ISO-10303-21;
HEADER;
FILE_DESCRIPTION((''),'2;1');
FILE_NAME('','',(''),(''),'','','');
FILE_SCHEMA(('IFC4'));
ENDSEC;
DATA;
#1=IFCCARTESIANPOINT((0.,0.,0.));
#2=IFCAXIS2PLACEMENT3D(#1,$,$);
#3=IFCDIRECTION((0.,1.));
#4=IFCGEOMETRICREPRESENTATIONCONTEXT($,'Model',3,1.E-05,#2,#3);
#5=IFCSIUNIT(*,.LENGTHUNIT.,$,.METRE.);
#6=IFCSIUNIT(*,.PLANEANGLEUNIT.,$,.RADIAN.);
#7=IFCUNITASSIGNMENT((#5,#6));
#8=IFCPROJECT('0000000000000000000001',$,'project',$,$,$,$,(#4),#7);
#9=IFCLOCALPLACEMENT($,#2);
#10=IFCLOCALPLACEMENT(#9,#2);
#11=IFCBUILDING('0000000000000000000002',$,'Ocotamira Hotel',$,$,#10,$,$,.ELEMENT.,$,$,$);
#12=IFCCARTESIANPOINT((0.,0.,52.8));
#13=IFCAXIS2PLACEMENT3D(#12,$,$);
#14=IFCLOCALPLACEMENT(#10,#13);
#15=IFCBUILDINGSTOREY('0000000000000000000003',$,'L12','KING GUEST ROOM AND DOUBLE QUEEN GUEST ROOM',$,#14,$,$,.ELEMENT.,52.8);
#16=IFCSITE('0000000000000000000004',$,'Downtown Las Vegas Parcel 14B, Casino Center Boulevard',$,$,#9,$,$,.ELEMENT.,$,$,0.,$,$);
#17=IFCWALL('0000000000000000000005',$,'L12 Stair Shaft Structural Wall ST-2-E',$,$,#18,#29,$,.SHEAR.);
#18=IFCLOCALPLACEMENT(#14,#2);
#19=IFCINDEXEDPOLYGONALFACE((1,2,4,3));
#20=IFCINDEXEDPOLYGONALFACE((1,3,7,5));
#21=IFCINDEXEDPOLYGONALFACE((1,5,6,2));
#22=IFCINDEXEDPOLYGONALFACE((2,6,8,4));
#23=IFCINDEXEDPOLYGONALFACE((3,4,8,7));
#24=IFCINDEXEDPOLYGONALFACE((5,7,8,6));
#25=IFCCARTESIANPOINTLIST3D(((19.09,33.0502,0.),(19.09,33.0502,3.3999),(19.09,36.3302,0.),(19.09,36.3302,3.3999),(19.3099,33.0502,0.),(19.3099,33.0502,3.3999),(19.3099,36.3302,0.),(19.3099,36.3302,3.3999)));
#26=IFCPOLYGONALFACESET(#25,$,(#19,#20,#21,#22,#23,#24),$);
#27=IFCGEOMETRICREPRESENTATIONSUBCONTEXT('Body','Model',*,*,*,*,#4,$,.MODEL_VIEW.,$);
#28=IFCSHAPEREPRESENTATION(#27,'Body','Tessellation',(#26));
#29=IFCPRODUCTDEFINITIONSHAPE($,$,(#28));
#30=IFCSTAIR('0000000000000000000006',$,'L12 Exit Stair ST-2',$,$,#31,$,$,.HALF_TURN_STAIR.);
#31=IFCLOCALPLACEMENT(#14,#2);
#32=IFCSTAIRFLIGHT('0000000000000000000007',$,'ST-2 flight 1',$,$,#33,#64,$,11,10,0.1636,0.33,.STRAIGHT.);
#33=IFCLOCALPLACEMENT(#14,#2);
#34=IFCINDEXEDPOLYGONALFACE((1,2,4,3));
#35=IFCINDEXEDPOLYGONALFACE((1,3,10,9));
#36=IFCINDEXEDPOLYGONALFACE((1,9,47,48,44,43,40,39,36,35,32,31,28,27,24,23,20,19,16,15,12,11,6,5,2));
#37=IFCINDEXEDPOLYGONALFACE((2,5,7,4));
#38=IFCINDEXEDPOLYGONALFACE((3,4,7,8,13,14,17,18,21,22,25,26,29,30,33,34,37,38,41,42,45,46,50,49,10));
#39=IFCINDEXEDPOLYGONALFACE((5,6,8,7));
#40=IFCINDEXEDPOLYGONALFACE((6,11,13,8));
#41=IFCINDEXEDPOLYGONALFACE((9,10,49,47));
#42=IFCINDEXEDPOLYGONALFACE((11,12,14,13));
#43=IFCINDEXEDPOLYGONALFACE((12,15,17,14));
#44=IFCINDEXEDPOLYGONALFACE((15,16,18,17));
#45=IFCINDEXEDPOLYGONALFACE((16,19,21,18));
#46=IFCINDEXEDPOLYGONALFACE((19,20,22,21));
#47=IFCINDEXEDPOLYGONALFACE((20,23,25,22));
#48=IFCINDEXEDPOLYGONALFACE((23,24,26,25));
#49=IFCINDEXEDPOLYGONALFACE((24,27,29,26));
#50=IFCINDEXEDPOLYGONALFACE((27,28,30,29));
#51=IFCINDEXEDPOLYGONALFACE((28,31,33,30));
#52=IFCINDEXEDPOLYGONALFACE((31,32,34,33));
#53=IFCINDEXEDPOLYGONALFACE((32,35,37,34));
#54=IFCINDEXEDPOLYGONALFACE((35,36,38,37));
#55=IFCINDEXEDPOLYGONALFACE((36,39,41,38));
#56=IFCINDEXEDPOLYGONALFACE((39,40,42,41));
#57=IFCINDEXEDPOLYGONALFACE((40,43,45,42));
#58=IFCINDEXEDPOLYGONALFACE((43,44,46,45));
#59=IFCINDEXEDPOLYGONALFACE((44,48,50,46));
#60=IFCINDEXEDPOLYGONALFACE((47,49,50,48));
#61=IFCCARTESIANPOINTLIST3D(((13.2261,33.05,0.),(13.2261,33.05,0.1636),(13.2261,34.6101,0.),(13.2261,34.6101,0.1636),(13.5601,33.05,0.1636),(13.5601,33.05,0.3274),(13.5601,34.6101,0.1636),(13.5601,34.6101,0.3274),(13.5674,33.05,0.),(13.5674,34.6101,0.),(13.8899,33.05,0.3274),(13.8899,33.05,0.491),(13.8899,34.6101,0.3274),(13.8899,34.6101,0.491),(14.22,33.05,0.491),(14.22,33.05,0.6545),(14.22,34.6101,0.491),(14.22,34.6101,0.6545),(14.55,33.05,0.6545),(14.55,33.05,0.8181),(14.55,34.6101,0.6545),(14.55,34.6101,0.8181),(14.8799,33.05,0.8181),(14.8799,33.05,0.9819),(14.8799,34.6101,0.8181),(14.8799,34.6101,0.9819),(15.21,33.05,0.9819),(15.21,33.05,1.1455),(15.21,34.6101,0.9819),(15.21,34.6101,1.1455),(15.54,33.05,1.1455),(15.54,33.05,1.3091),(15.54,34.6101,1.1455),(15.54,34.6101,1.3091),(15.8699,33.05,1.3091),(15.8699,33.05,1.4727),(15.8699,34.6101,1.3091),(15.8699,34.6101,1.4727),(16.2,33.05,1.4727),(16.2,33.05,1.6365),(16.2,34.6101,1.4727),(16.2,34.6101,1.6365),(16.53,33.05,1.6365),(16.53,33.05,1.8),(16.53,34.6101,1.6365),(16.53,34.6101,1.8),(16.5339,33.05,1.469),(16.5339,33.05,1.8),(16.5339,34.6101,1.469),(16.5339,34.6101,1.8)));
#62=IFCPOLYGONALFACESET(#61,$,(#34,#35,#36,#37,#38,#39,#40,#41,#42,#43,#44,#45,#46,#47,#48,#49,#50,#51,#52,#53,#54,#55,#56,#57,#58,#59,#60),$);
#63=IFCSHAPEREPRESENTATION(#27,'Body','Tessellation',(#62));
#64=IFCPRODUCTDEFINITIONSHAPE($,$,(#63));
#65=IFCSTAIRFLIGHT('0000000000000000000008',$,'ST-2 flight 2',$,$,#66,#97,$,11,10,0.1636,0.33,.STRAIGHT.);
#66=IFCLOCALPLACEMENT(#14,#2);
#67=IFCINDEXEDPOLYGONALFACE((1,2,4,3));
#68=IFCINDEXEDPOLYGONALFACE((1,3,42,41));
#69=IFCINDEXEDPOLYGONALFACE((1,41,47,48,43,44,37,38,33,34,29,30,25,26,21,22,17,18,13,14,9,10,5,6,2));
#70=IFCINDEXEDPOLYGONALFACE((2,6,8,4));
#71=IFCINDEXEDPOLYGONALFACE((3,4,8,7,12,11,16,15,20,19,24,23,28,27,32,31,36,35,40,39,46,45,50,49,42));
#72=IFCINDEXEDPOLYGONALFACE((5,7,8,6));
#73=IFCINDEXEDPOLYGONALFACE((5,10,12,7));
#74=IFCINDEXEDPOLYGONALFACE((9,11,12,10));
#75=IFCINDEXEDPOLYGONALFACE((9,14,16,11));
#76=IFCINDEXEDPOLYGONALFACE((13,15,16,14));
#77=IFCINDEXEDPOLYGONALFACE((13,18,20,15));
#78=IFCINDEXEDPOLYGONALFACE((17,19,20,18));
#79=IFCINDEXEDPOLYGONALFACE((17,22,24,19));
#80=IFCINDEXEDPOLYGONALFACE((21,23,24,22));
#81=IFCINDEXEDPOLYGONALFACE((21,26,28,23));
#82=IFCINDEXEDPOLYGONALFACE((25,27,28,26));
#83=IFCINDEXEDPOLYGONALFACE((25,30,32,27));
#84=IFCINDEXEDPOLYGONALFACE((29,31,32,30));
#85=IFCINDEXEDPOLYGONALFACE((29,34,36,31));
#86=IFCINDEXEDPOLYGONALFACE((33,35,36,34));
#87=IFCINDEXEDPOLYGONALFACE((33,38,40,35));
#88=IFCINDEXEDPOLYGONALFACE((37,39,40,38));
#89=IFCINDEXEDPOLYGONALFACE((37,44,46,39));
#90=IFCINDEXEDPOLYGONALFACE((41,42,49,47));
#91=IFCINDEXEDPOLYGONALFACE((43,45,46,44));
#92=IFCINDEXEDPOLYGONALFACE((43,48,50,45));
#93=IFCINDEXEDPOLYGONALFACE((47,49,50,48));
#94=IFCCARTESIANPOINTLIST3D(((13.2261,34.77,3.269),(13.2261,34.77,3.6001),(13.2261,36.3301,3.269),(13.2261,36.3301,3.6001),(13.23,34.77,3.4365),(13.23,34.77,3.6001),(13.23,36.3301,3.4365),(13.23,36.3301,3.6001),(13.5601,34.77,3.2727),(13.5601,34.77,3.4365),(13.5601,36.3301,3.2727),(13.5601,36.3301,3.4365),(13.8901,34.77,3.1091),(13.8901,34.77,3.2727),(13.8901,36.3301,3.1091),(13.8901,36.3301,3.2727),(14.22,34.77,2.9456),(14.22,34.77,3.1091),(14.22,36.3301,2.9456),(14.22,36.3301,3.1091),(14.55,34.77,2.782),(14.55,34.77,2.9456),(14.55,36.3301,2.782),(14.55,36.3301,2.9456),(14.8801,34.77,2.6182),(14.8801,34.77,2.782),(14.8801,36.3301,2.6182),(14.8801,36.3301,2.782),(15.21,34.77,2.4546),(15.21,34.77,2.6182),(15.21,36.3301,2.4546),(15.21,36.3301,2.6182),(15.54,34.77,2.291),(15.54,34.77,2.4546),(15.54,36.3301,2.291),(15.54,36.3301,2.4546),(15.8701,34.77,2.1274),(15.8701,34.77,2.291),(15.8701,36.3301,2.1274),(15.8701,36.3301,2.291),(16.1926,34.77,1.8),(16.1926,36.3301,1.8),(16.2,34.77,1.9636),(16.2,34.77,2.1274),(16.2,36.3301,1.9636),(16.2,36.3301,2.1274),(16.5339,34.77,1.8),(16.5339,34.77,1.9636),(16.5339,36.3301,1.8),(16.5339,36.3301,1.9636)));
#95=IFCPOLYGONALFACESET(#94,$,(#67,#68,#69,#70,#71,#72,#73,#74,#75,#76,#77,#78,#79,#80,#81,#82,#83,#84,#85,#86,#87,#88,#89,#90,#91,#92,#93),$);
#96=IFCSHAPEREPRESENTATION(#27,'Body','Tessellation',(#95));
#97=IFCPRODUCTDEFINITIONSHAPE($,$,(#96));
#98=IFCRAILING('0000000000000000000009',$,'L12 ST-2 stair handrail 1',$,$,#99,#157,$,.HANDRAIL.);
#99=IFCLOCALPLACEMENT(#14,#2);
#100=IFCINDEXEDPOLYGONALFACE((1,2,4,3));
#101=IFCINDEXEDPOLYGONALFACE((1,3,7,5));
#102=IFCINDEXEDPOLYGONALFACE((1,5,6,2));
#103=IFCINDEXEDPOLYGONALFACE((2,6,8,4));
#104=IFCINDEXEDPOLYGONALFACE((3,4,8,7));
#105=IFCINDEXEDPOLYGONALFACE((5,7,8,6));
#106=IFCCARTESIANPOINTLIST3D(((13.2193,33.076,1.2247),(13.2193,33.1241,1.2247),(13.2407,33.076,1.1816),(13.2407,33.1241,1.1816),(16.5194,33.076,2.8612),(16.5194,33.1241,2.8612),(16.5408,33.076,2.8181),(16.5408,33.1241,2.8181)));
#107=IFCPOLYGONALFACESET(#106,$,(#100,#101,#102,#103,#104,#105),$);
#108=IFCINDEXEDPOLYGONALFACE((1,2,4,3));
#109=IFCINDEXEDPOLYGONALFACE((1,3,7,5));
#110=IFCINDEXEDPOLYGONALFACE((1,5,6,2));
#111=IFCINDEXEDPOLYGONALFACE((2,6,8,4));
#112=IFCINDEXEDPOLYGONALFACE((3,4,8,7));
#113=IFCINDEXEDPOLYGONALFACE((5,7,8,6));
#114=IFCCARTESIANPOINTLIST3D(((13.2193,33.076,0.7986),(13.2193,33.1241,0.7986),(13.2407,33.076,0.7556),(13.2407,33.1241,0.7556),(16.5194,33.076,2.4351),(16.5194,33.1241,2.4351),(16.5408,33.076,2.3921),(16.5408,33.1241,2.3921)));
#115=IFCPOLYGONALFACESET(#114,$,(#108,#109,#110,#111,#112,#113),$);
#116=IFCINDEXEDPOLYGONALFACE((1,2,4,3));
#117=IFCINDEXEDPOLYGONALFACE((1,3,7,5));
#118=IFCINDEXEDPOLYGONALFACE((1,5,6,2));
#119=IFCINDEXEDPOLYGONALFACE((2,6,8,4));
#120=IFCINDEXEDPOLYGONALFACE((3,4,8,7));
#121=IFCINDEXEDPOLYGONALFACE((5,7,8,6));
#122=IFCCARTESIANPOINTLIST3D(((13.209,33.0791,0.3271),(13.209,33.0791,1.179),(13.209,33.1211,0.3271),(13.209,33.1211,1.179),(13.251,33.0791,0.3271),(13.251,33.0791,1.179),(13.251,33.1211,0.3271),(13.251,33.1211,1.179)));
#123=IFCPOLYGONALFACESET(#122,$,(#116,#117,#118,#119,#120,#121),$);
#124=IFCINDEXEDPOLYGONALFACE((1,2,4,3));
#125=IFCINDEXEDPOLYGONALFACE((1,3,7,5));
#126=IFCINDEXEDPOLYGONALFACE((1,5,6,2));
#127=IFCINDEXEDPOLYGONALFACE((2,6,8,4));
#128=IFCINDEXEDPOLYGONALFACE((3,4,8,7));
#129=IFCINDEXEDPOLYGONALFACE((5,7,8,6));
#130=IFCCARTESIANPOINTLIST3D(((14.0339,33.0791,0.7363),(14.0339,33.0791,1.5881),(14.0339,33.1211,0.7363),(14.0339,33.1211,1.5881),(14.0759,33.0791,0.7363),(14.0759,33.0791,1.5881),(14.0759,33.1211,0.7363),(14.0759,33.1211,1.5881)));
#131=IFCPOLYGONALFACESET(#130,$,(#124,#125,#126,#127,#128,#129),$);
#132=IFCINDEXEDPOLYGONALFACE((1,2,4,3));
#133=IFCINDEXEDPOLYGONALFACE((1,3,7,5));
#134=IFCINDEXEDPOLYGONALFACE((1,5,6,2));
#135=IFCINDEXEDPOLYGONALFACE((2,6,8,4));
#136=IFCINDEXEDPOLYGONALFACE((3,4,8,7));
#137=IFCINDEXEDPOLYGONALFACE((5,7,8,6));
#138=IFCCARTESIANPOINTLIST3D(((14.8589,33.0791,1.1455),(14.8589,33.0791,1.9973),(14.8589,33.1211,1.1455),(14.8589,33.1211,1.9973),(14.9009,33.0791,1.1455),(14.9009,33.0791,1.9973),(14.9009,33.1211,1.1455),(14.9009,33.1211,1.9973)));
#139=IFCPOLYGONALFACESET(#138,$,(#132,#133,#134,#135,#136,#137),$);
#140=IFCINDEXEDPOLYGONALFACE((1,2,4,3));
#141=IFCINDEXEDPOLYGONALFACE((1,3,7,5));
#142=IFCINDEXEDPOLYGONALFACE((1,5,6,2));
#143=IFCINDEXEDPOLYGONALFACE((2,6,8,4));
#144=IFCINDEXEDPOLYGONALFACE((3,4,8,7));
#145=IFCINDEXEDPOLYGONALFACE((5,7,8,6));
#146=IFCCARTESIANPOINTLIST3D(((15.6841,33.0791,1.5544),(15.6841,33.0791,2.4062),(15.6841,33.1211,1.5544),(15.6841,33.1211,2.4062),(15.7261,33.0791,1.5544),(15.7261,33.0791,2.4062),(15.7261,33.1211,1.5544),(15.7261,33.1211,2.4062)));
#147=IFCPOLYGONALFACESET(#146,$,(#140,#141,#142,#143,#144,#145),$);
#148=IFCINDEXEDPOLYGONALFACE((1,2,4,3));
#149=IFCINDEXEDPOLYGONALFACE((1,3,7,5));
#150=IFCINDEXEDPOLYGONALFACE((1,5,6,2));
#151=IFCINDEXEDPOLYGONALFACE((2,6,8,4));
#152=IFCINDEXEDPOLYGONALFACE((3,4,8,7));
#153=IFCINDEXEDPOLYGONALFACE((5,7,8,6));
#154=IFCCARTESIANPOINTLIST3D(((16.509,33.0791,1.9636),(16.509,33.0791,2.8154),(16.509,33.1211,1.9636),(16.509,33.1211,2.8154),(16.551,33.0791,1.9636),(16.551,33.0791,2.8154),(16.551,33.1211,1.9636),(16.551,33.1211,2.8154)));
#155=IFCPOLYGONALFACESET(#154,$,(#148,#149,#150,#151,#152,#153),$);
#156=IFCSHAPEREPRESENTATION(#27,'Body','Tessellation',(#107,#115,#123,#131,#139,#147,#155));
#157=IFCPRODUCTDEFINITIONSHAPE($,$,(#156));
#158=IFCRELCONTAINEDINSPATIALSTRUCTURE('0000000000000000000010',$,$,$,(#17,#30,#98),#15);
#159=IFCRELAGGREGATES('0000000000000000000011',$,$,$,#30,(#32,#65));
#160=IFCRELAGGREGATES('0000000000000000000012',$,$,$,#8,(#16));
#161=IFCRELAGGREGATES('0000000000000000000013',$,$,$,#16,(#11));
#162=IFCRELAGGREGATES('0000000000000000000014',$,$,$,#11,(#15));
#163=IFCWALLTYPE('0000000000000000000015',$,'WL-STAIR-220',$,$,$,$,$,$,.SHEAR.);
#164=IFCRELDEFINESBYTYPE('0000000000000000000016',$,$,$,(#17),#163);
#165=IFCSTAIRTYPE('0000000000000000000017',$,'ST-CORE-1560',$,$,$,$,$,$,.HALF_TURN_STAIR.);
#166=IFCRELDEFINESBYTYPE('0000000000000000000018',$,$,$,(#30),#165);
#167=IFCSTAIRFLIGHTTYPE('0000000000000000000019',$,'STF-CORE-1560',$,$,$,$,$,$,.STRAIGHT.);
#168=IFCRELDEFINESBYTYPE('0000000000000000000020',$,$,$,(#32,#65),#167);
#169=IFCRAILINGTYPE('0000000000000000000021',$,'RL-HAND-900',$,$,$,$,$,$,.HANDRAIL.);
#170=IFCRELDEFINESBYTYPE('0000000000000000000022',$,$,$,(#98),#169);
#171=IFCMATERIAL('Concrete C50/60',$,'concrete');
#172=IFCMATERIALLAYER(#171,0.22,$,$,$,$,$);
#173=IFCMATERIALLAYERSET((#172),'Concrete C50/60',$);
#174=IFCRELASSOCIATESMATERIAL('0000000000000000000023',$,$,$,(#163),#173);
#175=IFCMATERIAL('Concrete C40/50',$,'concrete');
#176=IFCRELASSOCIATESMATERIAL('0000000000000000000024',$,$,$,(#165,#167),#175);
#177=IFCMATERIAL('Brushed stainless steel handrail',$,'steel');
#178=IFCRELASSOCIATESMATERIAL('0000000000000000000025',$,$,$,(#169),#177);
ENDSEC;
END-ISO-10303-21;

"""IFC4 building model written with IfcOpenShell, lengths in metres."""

from ifc_helpers import new_model, si_unit, direction, frame, frame_2d, origin, origin_2d, place, context, subcontext, project, spatial, polyline, rectangle, outline, extrude, source, transform, mapped, material, layer, layer_set, type_object, element, aggregate, save


model = new_model("IFC4")

# Units and contexts
model_context = context("Model", 3, precision=1e-05, world=origin(), true_north=direction((0.0, 1.0)))
body_context = subcontext(model_context, "Body", "Model", "MODEL_VIEW")
ifc_project = project(units=[si_unit("LENGTHUNIT", "METRE"), si_unit("PLANEANGLEUNIT", "RADIAN")], contexts=[model_context])

# Site, building, storey
site_placement = place(None, origin())
site = spatial("IfcSite", under=ifc_project, at=site_placement, Name="Downtown Las Vegas Parcel 14B, Casino Center Boulevard", CompositionType="ELEMENT", RefElevation=0.0)
building_placement = place(site_placement, origin())
building = spatial("IfcBuilding", under=site, at=building_placement, Name="Ocotamira Hotel", CompositionType="ELEMENT")
storey_placement = place(building_placement, frame((0.0, 0.0, 52.8)))
storey = spatial("IfcBuildingStorey", under=building, at=storey_placement, Name="L12", Description="KING GUEST ROOM AND DOUBLE QUEEN GUEST ROOM", CompositionType="ELEMENT", Elevation=52.8)

# Wall
ifc_material_1 = material(Name="Concrete C50/60", Category="concrete")
ifc_layer_1 = layer(ifc_material_1, 0.22)
ifc_layer_set_1 = layer_set([ifc_layer_1], Name="Concrete C50/60")
wall_type_1 = type_object("IfcWallType", Name="WL-STAIR-220", PredefinedType="SHEAR", material=ifc_layer_set_1)
wall_1_placement = place(storey_placement, frame((19.2, 33.05, 0.0), z_axis=(0.0, 0.0, 1.0), x_axis=(0.0, 1.0, 0.0)))
element("IfcWall", 1, at=wall_1_placement, inside=storey, type_object=wall_type_1, Name="L12 Stair Shaft Structural Wall ST-2-E", PredefinedType="SHEAR", context=body_context, shape_type="SweptSolid", body=[
    extrude(rectangle(XDim=3.28, YDim=0.22, at=frame_2d((1.6401, 0.0))), origin(), (0.0, 0.0, 1.0), 3.3999),
])

# Stair, stair flights
ifc_material_2 = material(Name="Concrete C40/50", Category="concrete")
stair_type = type_object("IfcStairType", Name="ST-CORE-1560", PredefinedType="HALF_TURN_STAIR", material=ifc_material_2)
stair_placement = place(storey_placement, origin())
stair = element("IfcStair", 2, at=stair_placement, inside=storey, type_object=stair_type, Name="L12 Exit Stair ST-2", PredefinedType="HALF_TURN_STAIR")
stair_flight_type = type_object("IfcStairFlightType", Name="STF-CORE-1560", PredefinedType="STRAIGHT", material=ifc_material_2)
shared_shape_1 = source(origin(), body_context, "Body", "SweptSolid", [
    extrude(outline(polyline([(-0.0039, 0.0), (-0.0039, 0.1636), (0.3301, 0.1636), (0.3301, 0.3274), (0.6599, 0.3274), (0.6599, 0.491), (0.99, 0.491), (0.99, 0.6545), (1.3201, 0.6545), (1.3201, 0.8181), (1.6499, 0.8181), (1.6499, 0.9819), (1.98, 0.9819), (1.98, 1.1455), (2.3101, 1.1455), (2.3101, 1.3091), (2.6399, 1.3091), (2.6399, 1.4727), (2.97, 1.4727), (2.97, 1.6365), (3.3, 1.6365), (3.3, 1.8), (3.304, 1.8), (3.304, 1.469), (0.3374, 0.0), (-0.0039, 0.0)])), frame((0.0, 0.78, 0.0), z_axis=(0.0, -1.0, 0.0), x_axis=(1.0, 0.0, 0.0)), (0.0, 0.0, 1.0), 1.5601),
])
stair_flight_1_placement = place(storey_placement, frame((13.23, 33.8301, 0.0), z_axis=(0.0, 0.0, 1.0), x_axis=(1.0, 0.0, 0.0)))
stair_flight_1 = element("IfcStairFlight", 3, at=stair_flight_1_placement, type_object=stair_flight_type, Name="ST-2 flight 1", NumberOfRisers=11, NumberOfTreads=10, PredefinedType="STRAIGHT", RiserHeight=0.1636, TreadLength=0.33, context=body_context, shape_type="MappedRepresentation", body=[
    mapped(shared_shape_1, transform((0.0, 0.0, 0.0), scale=1.0)),
])
stair_flight_2_placement = place(storey_placement, frame((16.53, 35.55, 1.8), z_axis=(0.0, 0.0, 1.0), x_axis=(-1.0, 0.0, 0.0)))
stair_flight_2 = element("IfcStairFlight", 4, at=stair_flight_2_placement, type_object=stair_flight_type, Name="ST-2 flight 2", NumberOfRisers=11, NumberOfTreads=10, PredefinedType="STRAIGHT", RiserHeight=0.1636, TreadLength=0.33, context=body_context, shape_type="MappedRepresentation", body=[
    mapped(shared_shape_1, transform((0.0, 0.0, 0.0), scale=1.0)),
])
aggregate(stair, [stair_flight_1, stair_flight_2])

# Railing
ifc_material_3 = material(Name="Brushed stainless steel handrail", Category="steel")
railing_type_1 = type_object("IfcRailingType", Name="RL-HAND-900", PredefinedType="HANDRAIL", material=ifc_material_3)
railing_1_placement = place(storey_placement, frame((13.23, 33.1001, 0.3271)))
element("IfcRailing", 5, at=railing_1_placement, inside=storey, type_object=railing_type_1, Name="L12 ST-2 stair handrail 1", PredefinedType="HANDRAIL", context=body_context, shape_type="SweptSolid", body=[
    extrude(rectangle(XDim=0.0481, YDim=0.0481, at=origin_2d()), frame((0.0, 0.0, 0.876), z_axis=(0.895894, 0.0, 0.444268), x_axis=(0.0, 1.0, 0.0)), (0.0, 0.0, 1.0), 3.6836),
    extrude(rectangle(XDim=0.0481, YDim=0.0481, at=origin_2d()), frame((0.0, 0.0, 0.45), z_axis=(0.895894, 0.0, 0.444268), x_axis=(0.0, 1.0, 0.0)), (0.0, 0.0, 1.0), 3.6836),
    extrude(rectangle(XDim=0.042, YDim=0.042, at=origin_2d()), origin(), (0.0, 0.0, 1.0), 0.8518),
    extrude(rectangle(XDim=0.042, YDim=0.042, at=origin_2d()), frame((0.825, 0.0, 0.4092)), (0.0, 0.0, 1.0), 0.8518),
    extrude(rectangle(XDim=0.042, YDim=0.042, at=origin_2d()), frame((1.6499, 0.0, 0.8184)), (0.0, 0.0, 1.0), 0.8518),
    extrude(rectangle(XDim=0.042, YDim=0.042, at=origin_2d()), frame((2.4751, 0.0, 1.2273)), (0.0, 0.0, 1.0), 0.8518),
    extrude(rectangle(XDim=0.042, YDim=0.042, at=origin_2d()), frame((3.3, 0.0, 1.6365)), (0.0, 0.0, 1.0), 0.8518),
])

save(model, "model.ifc")
